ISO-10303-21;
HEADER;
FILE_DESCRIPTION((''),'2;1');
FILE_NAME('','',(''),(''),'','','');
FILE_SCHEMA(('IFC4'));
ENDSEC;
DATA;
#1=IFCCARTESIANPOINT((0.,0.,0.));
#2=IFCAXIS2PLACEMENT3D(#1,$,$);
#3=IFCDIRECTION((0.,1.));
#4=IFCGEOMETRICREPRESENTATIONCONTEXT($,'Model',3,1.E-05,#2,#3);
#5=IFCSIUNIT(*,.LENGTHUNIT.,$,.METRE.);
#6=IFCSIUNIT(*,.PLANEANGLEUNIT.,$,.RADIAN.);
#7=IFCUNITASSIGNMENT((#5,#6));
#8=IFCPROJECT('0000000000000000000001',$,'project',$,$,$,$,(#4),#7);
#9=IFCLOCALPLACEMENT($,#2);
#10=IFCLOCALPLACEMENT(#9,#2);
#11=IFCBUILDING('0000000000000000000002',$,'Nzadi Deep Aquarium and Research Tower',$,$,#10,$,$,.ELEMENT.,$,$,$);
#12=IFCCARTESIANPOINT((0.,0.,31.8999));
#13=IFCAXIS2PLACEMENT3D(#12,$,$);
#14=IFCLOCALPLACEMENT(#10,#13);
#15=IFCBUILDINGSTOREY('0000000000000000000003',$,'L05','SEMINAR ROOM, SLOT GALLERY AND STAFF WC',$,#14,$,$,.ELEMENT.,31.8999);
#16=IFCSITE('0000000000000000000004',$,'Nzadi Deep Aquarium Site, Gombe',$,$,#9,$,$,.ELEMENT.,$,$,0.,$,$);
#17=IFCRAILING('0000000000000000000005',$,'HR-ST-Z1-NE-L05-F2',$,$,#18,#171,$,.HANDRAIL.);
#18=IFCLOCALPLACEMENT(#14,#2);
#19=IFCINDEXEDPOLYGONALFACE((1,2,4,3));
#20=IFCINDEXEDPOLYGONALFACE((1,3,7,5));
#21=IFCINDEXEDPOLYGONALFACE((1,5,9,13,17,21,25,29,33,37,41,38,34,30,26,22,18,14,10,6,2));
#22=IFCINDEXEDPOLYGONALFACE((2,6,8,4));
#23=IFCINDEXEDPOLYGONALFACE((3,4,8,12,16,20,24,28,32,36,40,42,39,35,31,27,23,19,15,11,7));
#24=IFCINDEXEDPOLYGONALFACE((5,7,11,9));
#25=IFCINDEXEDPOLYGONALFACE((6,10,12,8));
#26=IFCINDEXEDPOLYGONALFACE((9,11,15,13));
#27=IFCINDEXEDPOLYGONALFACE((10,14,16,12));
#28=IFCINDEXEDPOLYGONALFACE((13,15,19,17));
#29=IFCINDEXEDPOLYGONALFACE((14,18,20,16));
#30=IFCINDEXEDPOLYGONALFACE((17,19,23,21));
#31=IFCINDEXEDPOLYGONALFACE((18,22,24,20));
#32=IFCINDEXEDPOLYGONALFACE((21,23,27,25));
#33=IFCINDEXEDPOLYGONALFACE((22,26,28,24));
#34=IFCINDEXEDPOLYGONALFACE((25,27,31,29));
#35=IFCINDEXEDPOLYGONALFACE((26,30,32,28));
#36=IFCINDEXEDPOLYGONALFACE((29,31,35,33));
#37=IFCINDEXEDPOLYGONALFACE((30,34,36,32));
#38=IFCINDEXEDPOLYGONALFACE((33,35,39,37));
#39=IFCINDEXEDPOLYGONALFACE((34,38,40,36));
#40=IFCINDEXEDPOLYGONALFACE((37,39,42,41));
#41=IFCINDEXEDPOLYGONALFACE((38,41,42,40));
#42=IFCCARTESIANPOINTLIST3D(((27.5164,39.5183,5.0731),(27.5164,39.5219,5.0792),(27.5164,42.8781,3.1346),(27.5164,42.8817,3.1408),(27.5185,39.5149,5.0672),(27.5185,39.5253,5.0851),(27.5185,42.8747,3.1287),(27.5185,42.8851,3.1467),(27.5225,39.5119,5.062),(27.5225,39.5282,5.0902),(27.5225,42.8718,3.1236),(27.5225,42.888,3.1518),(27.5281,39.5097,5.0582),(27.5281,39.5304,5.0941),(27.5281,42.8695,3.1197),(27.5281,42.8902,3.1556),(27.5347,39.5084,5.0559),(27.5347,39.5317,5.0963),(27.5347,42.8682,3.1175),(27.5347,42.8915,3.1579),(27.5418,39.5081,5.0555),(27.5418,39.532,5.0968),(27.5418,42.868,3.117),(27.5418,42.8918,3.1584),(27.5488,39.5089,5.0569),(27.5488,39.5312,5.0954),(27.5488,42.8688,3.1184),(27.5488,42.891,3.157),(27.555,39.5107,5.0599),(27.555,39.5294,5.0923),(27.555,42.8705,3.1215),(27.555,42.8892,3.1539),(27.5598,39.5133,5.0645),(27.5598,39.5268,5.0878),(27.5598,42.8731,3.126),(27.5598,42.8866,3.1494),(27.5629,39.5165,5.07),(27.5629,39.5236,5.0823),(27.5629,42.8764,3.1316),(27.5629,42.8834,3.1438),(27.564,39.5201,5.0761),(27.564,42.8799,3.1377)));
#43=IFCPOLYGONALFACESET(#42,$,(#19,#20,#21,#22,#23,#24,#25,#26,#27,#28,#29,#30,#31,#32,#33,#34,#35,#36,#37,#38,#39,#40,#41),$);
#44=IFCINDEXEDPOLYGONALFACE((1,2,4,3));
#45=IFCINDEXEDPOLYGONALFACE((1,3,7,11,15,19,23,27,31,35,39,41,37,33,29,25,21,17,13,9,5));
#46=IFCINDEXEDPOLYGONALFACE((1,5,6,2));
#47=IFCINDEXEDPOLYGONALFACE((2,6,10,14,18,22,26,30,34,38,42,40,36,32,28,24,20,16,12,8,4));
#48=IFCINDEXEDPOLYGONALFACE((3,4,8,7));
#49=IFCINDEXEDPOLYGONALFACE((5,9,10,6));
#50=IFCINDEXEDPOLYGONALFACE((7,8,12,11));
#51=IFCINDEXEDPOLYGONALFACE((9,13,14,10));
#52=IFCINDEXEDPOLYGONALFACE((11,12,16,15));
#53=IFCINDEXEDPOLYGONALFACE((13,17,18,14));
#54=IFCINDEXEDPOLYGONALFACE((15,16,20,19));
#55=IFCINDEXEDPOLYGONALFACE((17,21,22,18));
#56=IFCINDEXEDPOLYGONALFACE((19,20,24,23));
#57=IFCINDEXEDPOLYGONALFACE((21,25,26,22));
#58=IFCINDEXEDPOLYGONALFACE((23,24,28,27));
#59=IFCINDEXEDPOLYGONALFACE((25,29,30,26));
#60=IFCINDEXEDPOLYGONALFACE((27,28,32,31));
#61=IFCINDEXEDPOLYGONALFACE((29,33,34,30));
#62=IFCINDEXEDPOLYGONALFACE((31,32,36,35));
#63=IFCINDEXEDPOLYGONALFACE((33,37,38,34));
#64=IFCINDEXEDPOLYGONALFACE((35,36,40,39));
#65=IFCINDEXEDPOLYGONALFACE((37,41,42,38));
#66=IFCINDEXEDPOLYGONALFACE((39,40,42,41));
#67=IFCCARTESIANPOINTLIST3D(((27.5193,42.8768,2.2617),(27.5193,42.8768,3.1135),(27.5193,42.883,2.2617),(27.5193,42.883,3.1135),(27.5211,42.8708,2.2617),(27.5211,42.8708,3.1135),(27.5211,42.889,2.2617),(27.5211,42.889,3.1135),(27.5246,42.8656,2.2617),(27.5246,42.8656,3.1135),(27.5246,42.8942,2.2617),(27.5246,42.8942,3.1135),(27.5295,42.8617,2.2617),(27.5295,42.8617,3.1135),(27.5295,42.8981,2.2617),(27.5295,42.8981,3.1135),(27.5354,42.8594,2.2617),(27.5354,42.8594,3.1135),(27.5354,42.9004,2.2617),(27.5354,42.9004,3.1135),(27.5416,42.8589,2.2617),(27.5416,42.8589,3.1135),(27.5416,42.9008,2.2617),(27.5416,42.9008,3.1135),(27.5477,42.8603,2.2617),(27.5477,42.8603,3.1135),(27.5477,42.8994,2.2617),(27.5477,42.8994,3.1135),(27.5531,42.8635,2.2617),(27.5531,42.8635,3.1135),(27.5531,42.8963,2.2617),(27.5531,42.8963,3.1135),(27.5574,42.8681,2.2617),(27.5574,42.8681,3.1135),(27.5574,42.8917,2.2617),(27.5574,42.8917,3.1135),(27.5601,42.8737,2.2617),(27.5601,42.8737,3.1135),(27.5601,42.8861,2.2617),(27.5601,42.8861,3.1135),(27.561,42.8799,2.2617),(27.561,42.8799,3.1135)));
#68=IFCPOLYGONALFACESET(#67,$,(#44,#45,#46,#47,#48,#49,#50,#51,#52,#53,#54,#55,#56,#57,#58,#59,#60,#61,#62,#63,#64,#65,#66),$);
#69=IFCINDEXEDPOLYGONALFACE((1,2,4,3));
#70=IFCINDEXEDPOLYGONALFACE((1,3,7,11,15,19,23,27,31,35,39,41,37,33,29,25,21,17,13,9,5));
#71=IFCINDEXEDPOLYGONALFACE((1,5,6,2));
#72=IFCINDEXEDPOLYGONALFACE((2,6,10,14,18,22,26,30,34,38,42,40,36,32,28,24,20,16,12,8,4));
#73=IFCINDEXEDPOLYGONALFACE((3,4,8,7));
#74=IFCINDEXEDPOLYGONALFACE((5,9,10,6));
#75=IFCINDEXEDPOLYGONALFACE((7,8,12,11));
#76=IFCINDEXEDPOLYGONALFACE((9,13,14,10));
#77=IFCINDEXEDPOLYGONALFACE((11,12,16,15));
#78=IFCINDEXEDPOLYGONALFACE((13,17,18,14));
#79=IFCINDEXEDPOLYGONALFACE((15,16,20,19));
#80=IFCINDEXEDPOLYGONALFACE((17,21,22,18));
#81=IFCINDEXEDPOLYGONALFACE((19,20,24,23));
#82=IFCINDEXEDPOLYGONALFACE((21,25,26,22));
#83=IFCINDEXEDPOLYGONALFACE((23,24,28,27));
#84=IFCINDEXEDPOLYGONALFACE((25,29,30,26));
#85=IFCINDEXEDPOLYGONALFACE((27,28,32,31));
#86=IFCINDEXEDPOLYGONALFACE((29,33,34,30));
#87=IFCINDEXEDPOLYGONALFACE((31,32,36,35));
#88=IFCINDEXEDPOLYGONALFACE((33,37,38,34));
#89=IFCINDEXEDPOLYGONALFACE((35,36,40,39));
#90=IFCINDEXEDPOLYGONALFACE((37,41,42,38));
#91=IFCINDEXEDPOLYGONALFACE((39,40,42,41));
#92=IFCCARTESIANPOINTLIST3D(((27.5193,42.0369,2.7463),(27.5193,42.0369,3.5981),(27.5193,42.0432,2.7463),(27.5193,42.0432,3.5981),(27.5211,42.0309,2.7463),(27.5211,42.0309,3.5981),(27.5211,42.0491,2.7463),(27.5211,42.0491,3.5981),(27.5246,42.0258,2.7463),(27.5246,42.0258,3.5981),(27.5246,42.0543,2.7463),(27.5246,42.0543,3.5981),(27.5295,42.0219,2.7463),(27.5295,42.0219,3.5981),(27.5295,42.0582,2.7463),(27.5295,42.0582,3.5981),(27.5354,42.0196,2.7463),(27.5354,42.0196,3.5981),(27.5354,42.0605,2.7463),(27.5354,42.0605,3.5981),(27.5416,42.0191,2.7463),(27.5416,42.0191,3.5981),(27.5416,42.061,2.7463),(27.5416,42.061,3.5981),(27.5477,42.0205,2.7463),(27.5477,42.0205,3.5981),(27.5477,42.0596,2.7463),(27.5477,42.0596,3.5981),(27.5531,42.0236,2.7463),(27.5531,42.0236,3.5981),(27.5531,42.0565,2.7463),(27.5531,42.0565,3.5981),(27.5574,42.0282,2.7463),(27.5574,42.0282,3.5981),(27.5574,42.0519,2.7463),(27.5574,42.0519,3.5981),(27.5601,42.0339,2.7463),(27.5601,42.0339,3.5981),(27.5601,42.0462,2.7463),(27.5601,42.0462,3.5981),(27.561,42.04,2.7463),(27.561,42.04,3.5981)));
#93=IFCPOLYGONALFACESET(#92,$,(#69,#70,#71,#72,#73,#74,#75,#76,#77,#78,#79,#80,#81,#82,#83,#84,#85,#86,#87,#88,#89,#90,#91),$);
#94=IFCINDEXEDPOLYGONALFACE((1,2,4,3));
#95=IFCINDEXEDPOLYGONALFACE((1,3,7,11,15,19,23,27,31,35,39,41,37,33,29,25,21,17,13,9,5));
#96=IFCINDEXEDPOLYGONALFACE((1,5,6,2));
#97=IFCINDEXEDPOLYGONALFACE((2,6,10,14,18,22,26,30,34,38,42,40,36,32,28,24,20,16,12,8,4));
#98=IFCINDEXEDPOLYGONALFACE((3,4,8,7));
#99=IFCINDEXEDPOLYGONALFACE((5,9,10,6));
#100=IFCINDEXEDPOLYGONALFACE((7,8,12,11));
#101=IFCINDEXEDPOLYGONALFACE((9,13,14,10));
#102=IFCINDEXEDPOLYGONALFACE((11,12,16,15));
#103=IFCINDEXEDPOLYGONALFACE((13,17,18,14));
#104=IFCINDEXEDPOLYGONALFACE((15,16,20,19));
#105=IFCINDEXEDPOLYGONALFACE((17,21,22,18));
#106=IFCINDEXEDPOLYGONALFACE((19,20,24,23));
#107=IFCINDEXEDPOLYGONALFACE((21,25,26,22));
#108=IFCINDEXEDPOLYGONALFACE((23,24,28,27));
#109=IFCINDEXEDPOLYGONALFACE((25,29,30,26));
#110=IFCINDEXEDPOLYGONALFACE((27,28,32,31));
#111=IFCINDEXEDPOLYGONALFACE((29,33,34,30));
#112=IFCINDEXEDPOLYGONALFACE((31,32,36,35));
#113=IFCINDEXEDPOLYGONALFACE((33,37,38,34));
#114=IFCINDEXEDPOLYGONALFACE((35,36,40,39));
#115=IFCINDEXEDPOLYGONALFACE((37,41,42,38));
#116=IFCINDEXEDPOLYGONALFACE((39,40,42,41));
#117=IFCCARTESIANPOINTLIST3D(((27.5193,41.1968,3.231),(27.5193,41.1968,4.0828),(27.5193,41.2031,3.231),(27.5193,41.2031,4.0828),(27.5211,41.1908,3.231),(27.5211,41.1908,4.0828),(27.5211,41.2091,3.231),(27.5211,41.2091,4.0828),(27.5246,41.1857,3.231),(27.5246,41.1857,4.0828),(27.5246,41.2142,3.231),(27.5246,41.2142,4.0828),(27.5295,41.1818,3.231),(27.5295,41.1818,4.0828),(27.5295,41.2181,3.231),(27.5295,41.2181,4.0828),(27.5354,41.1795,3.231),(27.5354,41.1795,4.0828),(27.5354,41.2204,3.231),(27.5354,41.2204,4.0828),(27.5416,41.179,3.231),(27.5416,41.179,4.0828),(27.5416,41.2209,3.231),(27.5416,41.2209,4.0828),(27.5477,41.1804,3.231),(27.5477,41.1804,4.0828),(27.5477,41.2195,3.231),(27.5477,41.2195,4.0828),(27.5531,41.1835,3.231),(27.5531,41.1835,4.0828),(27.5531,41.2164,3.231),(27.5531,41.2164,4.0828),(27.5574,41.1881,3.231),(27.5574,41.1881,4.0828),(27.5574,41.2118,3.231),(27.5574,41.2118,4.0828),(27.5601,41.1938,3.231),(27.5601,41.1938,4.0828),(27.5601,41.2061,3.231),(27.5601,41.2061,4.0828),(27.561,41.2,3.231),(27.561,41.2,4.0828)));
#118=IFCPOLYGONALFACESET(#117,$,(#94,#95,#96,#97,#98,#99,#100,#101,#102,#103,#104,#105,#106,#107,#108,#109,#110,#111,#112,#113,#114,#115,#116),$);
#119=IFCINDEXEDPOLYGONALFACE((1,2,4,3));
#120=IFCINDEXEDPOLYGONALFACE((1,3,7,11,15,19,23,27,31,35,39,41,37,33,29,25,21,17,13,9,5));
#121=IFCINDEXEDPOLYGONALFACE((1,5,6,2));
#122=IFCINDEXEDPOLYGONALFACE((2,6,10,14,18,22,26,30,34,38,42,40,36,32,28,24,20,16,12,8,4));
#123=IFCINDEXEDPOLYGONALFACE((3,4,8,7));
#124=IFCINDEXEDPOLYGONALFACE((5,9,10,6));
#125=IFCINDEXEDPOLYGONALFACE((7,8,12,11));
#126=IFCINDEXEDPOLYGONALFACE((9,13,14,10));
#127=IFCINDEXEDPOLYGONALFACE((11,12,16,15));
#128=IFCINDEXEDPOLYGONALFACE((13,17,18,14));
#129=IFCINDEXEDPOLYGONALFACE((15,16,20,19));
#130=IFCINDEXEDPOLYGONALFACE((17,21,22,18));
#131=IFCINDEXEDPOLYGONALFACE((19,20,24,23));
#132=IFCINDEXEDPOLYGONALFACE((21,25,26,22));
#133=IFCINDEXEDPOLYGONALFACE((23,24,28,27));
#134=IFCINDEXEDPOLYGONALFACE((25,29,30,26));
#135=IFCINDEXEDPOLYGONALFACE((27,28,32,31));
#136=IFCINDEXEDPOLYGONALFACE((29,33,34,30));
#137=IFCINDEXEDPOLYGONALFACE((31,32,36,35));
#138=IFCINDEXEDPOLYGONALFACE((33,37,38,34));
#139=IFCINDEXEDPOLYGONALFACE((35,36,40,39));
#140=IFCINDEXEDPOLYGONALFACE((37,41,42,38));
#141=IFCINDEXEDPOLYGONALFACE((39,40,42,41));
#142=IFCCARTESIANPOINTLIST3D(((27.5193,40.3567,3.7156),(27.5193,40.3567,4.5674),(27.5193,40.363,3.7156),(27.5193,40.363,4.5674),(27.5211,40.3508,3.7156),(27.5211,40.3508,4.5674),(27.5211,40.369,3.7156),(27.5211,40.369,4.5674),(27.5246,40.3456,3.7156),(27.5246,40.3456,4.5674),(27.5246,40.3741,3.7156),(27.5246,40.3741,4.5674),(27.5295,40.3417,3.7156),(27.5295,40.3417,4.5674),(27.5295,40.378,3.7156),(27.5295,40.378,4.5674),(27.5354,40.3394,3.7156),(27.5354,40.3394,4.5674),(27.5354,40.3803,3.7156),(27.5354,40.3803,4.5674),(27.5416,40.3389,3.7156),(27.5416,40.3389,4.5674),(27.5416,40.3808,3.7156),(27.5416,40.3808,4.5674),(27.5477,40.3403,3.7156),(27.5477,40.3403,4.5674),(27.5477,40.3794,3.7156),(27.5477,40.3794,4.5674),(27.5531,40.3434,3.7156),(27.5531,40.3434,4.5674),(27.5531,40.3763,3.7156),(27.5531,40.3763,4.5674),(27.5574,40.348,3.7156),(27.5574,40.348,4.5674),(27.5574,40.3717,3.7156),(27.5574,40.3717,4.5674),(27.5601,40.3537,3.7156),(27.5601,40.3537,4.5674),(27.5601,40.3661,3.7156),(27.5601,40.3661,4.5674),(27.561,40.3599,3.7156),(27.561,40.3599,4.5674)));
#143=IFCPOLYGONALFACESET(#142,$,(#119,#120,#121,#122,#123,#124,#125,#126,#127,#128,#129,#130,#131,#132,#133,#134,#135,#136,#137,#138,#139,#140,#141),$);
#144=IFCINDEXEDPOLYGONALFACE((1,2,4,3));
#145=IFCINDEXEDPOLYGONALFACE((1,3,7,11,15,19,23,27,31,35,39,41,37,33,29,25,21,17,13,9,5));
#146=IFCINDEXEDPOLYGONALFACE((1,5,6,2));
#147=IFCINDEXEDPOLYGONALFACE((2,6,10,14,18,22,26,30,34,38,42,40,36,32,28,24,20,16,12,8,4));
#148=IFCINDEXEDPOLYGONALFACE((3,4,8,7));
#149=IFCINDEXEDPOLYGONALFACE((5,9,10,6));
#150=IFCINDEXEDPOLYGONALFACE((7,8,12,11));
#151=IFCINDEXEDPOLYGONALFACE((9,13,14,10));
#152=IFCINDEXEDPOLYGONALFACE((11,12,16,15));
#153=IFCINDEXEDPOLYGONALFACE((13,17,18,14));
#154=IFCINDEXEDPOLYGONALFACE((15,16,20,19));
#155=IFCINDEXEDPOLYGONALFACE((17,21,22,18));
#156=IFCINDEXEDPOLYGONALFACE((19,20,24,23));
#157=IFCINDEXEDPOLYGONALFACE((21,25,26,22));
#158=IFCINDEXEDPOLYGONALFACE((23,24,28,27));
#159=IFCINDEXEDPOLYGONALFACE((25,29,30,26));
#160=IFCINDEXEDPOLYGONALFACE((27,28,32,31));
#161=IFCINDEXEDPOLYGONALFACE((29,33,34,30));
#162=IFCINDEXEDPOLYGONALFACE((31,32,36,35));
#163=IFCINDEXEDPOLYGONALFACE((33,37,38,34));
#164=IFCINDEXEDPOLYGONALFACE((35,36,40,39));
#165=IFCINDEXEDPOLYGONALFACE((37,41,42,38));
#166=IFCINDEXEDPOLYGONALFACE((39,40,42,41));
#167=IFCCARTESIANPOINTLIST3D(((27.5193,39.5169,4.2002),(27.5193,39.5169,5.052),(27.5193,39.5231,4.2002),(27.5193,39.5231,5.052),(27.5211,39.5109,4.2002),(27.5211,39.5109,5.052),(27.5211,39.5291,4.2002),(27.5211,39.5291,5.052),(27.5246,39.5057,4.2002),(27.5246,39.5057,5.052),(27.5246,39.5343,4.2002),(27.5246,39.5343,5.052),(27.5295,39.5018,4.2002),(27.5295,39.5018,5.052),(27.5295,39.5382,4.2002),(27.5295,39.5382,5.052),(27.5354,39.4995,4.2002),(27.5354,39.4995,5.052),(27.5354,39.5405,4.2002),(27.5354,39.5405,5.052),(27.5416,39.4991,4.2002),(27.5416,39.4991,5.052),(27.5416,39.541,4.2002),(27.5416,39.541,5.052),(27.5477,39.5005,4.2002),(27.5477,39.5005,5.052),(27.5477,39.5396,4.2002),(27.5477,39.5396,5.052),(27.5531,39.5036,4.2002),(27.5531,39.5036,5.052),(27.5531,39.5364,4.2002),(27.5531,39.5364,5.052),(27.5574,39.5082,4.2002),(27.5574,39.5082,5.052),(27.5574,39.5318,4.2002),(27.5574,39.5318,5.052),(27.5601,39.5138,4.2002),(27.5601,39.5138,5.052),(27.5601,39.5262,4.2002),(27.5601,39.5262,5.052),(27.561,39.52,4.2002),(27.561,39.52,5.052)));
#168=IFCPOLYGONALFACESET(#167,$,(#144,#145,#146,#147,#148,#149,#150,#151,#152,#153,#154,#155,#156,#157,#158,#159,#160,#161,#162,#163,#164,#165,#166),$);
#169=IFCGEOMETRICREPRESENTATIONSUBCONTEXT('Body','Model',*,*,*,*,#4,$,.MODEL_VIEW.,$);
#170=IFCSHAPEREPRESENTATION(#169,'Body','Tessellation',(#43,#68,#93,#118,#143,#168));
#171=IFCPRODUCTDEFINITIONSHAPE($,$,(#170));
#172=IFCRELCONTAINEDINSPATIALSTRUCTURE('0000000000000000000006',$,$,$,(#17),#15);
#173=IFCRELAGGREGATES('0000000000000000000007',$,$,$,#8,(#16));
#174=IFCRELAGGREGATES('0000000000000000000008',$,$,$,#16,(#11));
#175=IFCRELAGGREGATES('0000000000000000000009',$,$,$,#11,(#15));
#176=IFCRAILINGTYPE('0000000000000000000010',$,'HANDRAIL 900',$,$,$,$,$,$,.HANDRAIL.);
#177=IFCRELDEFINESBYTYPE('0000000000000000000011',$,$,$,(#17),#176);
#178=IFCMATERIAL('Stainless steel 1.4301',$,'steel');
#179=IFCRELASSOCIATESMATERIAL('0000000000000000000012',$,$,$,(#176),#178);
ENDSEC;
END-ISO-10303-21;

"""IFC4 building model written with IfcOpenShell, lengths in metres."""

from ifc_helpers import new_model, si_unit, direction, frame, origin, origin_2d, place, context, subcontext, project, spatial, circle, extrude, material, type_object, element, save


model = new_model("IFC4")

# Units and contexts
model_context = context("Model", 3, precision=1e-05, world=origin(), true_north=direction((0.0, 1.0)))
body_context = subcontext(model_context, "Body", "Model", "MODEL_VIEW")
ifc_project = project(units=[si_unit("LENGTHUNIT", "METRE"), si_unit("PLANEANGLEUNIT", "RADIAN")], contexts=[model_context])

# Site, building, storey
site_placement = place(None, origin())
site = spatial("IfcSite", under=ifc_project, at=site_placement, Name="Nzadi Deep Aquarium Site, Gombe", CompositionType="ELEMENT", RefElevation=0.0)
building_placement = place(site_placement, origin())
building = spatial("IfcBuilding", under=site, at=building_placement, Name="Nzadi Deep Aquarium and Research Tower", CompositionType="ELEMENT")
storey_placement = place(building_placement, frame((0.0, 0.0, 31.8999)))
storey = spatial("IfcBuildingStorey", under=building, at=storey_placement, Name="L05", Description="SEMINAR ROOM, SLOT GALLERY AND STAFF WC", CompositionType="ELEMENT", Elevation=31.8999)

# Railing
ifc_material_1 = material(Name="Stainless steel 1.4301", Category="steel")
railing_type = type_object("IfcRailingType", Name="HANDRAIL 900", PredefinedType="HANDRAIL", material=ifc_material_1)
for number, where, name in (
    (1, (27.54, 42.8799, 2.2617), "HR-ST-Z1-NE-L05-F2"),
):
    element("IfcRailing", number, at=place(storey_placement, frame(where)), inside=storey, type_object=railing_type, Name=name, PredefinedType="HANDRAIL", context=body_context, shape_type="SweptSolid", body=[
        extrude(circle(Radius=0.0239, at=origin_2d()), frame((0.0, 0.0, 0.876), z_axis=(0.0, -0.866175, 0.499741), x_axis=(1.0, 0.0, 0.0)), (0.0, 0.0, 1.0), 3.8789),
        extrude(circle(Radius=0.021, at=origin_2d()), origin(), (0.0, 0.0, 1.0), 0.8518),
        extrude(circle(Radius=0.021, at=origin_2d()), frame((0.0, -0.8398, 0.4846)), (0.0, 0.0, 1.0), 0.8518),
        extrude(circle(Radius=0.021, at=origin_2d()), frame((0.0, -1.6799, 0.9692)), (0.0, 0.0, 1.0), 0.8518),
        extrude(circle(Radius=0.021, at=origin_2d()), frame((0.0, -2.52, 1.4539)), (0.0, 0.0, 1.0), 0.8518),
        extrude(circle(Radius=0.021, at=origin_2d()), frame((0.0, -3.3599, 1.9385)), (0.0, 0.0, 1.0), 0.8518),
    ])

save(model, "model.ifc")
